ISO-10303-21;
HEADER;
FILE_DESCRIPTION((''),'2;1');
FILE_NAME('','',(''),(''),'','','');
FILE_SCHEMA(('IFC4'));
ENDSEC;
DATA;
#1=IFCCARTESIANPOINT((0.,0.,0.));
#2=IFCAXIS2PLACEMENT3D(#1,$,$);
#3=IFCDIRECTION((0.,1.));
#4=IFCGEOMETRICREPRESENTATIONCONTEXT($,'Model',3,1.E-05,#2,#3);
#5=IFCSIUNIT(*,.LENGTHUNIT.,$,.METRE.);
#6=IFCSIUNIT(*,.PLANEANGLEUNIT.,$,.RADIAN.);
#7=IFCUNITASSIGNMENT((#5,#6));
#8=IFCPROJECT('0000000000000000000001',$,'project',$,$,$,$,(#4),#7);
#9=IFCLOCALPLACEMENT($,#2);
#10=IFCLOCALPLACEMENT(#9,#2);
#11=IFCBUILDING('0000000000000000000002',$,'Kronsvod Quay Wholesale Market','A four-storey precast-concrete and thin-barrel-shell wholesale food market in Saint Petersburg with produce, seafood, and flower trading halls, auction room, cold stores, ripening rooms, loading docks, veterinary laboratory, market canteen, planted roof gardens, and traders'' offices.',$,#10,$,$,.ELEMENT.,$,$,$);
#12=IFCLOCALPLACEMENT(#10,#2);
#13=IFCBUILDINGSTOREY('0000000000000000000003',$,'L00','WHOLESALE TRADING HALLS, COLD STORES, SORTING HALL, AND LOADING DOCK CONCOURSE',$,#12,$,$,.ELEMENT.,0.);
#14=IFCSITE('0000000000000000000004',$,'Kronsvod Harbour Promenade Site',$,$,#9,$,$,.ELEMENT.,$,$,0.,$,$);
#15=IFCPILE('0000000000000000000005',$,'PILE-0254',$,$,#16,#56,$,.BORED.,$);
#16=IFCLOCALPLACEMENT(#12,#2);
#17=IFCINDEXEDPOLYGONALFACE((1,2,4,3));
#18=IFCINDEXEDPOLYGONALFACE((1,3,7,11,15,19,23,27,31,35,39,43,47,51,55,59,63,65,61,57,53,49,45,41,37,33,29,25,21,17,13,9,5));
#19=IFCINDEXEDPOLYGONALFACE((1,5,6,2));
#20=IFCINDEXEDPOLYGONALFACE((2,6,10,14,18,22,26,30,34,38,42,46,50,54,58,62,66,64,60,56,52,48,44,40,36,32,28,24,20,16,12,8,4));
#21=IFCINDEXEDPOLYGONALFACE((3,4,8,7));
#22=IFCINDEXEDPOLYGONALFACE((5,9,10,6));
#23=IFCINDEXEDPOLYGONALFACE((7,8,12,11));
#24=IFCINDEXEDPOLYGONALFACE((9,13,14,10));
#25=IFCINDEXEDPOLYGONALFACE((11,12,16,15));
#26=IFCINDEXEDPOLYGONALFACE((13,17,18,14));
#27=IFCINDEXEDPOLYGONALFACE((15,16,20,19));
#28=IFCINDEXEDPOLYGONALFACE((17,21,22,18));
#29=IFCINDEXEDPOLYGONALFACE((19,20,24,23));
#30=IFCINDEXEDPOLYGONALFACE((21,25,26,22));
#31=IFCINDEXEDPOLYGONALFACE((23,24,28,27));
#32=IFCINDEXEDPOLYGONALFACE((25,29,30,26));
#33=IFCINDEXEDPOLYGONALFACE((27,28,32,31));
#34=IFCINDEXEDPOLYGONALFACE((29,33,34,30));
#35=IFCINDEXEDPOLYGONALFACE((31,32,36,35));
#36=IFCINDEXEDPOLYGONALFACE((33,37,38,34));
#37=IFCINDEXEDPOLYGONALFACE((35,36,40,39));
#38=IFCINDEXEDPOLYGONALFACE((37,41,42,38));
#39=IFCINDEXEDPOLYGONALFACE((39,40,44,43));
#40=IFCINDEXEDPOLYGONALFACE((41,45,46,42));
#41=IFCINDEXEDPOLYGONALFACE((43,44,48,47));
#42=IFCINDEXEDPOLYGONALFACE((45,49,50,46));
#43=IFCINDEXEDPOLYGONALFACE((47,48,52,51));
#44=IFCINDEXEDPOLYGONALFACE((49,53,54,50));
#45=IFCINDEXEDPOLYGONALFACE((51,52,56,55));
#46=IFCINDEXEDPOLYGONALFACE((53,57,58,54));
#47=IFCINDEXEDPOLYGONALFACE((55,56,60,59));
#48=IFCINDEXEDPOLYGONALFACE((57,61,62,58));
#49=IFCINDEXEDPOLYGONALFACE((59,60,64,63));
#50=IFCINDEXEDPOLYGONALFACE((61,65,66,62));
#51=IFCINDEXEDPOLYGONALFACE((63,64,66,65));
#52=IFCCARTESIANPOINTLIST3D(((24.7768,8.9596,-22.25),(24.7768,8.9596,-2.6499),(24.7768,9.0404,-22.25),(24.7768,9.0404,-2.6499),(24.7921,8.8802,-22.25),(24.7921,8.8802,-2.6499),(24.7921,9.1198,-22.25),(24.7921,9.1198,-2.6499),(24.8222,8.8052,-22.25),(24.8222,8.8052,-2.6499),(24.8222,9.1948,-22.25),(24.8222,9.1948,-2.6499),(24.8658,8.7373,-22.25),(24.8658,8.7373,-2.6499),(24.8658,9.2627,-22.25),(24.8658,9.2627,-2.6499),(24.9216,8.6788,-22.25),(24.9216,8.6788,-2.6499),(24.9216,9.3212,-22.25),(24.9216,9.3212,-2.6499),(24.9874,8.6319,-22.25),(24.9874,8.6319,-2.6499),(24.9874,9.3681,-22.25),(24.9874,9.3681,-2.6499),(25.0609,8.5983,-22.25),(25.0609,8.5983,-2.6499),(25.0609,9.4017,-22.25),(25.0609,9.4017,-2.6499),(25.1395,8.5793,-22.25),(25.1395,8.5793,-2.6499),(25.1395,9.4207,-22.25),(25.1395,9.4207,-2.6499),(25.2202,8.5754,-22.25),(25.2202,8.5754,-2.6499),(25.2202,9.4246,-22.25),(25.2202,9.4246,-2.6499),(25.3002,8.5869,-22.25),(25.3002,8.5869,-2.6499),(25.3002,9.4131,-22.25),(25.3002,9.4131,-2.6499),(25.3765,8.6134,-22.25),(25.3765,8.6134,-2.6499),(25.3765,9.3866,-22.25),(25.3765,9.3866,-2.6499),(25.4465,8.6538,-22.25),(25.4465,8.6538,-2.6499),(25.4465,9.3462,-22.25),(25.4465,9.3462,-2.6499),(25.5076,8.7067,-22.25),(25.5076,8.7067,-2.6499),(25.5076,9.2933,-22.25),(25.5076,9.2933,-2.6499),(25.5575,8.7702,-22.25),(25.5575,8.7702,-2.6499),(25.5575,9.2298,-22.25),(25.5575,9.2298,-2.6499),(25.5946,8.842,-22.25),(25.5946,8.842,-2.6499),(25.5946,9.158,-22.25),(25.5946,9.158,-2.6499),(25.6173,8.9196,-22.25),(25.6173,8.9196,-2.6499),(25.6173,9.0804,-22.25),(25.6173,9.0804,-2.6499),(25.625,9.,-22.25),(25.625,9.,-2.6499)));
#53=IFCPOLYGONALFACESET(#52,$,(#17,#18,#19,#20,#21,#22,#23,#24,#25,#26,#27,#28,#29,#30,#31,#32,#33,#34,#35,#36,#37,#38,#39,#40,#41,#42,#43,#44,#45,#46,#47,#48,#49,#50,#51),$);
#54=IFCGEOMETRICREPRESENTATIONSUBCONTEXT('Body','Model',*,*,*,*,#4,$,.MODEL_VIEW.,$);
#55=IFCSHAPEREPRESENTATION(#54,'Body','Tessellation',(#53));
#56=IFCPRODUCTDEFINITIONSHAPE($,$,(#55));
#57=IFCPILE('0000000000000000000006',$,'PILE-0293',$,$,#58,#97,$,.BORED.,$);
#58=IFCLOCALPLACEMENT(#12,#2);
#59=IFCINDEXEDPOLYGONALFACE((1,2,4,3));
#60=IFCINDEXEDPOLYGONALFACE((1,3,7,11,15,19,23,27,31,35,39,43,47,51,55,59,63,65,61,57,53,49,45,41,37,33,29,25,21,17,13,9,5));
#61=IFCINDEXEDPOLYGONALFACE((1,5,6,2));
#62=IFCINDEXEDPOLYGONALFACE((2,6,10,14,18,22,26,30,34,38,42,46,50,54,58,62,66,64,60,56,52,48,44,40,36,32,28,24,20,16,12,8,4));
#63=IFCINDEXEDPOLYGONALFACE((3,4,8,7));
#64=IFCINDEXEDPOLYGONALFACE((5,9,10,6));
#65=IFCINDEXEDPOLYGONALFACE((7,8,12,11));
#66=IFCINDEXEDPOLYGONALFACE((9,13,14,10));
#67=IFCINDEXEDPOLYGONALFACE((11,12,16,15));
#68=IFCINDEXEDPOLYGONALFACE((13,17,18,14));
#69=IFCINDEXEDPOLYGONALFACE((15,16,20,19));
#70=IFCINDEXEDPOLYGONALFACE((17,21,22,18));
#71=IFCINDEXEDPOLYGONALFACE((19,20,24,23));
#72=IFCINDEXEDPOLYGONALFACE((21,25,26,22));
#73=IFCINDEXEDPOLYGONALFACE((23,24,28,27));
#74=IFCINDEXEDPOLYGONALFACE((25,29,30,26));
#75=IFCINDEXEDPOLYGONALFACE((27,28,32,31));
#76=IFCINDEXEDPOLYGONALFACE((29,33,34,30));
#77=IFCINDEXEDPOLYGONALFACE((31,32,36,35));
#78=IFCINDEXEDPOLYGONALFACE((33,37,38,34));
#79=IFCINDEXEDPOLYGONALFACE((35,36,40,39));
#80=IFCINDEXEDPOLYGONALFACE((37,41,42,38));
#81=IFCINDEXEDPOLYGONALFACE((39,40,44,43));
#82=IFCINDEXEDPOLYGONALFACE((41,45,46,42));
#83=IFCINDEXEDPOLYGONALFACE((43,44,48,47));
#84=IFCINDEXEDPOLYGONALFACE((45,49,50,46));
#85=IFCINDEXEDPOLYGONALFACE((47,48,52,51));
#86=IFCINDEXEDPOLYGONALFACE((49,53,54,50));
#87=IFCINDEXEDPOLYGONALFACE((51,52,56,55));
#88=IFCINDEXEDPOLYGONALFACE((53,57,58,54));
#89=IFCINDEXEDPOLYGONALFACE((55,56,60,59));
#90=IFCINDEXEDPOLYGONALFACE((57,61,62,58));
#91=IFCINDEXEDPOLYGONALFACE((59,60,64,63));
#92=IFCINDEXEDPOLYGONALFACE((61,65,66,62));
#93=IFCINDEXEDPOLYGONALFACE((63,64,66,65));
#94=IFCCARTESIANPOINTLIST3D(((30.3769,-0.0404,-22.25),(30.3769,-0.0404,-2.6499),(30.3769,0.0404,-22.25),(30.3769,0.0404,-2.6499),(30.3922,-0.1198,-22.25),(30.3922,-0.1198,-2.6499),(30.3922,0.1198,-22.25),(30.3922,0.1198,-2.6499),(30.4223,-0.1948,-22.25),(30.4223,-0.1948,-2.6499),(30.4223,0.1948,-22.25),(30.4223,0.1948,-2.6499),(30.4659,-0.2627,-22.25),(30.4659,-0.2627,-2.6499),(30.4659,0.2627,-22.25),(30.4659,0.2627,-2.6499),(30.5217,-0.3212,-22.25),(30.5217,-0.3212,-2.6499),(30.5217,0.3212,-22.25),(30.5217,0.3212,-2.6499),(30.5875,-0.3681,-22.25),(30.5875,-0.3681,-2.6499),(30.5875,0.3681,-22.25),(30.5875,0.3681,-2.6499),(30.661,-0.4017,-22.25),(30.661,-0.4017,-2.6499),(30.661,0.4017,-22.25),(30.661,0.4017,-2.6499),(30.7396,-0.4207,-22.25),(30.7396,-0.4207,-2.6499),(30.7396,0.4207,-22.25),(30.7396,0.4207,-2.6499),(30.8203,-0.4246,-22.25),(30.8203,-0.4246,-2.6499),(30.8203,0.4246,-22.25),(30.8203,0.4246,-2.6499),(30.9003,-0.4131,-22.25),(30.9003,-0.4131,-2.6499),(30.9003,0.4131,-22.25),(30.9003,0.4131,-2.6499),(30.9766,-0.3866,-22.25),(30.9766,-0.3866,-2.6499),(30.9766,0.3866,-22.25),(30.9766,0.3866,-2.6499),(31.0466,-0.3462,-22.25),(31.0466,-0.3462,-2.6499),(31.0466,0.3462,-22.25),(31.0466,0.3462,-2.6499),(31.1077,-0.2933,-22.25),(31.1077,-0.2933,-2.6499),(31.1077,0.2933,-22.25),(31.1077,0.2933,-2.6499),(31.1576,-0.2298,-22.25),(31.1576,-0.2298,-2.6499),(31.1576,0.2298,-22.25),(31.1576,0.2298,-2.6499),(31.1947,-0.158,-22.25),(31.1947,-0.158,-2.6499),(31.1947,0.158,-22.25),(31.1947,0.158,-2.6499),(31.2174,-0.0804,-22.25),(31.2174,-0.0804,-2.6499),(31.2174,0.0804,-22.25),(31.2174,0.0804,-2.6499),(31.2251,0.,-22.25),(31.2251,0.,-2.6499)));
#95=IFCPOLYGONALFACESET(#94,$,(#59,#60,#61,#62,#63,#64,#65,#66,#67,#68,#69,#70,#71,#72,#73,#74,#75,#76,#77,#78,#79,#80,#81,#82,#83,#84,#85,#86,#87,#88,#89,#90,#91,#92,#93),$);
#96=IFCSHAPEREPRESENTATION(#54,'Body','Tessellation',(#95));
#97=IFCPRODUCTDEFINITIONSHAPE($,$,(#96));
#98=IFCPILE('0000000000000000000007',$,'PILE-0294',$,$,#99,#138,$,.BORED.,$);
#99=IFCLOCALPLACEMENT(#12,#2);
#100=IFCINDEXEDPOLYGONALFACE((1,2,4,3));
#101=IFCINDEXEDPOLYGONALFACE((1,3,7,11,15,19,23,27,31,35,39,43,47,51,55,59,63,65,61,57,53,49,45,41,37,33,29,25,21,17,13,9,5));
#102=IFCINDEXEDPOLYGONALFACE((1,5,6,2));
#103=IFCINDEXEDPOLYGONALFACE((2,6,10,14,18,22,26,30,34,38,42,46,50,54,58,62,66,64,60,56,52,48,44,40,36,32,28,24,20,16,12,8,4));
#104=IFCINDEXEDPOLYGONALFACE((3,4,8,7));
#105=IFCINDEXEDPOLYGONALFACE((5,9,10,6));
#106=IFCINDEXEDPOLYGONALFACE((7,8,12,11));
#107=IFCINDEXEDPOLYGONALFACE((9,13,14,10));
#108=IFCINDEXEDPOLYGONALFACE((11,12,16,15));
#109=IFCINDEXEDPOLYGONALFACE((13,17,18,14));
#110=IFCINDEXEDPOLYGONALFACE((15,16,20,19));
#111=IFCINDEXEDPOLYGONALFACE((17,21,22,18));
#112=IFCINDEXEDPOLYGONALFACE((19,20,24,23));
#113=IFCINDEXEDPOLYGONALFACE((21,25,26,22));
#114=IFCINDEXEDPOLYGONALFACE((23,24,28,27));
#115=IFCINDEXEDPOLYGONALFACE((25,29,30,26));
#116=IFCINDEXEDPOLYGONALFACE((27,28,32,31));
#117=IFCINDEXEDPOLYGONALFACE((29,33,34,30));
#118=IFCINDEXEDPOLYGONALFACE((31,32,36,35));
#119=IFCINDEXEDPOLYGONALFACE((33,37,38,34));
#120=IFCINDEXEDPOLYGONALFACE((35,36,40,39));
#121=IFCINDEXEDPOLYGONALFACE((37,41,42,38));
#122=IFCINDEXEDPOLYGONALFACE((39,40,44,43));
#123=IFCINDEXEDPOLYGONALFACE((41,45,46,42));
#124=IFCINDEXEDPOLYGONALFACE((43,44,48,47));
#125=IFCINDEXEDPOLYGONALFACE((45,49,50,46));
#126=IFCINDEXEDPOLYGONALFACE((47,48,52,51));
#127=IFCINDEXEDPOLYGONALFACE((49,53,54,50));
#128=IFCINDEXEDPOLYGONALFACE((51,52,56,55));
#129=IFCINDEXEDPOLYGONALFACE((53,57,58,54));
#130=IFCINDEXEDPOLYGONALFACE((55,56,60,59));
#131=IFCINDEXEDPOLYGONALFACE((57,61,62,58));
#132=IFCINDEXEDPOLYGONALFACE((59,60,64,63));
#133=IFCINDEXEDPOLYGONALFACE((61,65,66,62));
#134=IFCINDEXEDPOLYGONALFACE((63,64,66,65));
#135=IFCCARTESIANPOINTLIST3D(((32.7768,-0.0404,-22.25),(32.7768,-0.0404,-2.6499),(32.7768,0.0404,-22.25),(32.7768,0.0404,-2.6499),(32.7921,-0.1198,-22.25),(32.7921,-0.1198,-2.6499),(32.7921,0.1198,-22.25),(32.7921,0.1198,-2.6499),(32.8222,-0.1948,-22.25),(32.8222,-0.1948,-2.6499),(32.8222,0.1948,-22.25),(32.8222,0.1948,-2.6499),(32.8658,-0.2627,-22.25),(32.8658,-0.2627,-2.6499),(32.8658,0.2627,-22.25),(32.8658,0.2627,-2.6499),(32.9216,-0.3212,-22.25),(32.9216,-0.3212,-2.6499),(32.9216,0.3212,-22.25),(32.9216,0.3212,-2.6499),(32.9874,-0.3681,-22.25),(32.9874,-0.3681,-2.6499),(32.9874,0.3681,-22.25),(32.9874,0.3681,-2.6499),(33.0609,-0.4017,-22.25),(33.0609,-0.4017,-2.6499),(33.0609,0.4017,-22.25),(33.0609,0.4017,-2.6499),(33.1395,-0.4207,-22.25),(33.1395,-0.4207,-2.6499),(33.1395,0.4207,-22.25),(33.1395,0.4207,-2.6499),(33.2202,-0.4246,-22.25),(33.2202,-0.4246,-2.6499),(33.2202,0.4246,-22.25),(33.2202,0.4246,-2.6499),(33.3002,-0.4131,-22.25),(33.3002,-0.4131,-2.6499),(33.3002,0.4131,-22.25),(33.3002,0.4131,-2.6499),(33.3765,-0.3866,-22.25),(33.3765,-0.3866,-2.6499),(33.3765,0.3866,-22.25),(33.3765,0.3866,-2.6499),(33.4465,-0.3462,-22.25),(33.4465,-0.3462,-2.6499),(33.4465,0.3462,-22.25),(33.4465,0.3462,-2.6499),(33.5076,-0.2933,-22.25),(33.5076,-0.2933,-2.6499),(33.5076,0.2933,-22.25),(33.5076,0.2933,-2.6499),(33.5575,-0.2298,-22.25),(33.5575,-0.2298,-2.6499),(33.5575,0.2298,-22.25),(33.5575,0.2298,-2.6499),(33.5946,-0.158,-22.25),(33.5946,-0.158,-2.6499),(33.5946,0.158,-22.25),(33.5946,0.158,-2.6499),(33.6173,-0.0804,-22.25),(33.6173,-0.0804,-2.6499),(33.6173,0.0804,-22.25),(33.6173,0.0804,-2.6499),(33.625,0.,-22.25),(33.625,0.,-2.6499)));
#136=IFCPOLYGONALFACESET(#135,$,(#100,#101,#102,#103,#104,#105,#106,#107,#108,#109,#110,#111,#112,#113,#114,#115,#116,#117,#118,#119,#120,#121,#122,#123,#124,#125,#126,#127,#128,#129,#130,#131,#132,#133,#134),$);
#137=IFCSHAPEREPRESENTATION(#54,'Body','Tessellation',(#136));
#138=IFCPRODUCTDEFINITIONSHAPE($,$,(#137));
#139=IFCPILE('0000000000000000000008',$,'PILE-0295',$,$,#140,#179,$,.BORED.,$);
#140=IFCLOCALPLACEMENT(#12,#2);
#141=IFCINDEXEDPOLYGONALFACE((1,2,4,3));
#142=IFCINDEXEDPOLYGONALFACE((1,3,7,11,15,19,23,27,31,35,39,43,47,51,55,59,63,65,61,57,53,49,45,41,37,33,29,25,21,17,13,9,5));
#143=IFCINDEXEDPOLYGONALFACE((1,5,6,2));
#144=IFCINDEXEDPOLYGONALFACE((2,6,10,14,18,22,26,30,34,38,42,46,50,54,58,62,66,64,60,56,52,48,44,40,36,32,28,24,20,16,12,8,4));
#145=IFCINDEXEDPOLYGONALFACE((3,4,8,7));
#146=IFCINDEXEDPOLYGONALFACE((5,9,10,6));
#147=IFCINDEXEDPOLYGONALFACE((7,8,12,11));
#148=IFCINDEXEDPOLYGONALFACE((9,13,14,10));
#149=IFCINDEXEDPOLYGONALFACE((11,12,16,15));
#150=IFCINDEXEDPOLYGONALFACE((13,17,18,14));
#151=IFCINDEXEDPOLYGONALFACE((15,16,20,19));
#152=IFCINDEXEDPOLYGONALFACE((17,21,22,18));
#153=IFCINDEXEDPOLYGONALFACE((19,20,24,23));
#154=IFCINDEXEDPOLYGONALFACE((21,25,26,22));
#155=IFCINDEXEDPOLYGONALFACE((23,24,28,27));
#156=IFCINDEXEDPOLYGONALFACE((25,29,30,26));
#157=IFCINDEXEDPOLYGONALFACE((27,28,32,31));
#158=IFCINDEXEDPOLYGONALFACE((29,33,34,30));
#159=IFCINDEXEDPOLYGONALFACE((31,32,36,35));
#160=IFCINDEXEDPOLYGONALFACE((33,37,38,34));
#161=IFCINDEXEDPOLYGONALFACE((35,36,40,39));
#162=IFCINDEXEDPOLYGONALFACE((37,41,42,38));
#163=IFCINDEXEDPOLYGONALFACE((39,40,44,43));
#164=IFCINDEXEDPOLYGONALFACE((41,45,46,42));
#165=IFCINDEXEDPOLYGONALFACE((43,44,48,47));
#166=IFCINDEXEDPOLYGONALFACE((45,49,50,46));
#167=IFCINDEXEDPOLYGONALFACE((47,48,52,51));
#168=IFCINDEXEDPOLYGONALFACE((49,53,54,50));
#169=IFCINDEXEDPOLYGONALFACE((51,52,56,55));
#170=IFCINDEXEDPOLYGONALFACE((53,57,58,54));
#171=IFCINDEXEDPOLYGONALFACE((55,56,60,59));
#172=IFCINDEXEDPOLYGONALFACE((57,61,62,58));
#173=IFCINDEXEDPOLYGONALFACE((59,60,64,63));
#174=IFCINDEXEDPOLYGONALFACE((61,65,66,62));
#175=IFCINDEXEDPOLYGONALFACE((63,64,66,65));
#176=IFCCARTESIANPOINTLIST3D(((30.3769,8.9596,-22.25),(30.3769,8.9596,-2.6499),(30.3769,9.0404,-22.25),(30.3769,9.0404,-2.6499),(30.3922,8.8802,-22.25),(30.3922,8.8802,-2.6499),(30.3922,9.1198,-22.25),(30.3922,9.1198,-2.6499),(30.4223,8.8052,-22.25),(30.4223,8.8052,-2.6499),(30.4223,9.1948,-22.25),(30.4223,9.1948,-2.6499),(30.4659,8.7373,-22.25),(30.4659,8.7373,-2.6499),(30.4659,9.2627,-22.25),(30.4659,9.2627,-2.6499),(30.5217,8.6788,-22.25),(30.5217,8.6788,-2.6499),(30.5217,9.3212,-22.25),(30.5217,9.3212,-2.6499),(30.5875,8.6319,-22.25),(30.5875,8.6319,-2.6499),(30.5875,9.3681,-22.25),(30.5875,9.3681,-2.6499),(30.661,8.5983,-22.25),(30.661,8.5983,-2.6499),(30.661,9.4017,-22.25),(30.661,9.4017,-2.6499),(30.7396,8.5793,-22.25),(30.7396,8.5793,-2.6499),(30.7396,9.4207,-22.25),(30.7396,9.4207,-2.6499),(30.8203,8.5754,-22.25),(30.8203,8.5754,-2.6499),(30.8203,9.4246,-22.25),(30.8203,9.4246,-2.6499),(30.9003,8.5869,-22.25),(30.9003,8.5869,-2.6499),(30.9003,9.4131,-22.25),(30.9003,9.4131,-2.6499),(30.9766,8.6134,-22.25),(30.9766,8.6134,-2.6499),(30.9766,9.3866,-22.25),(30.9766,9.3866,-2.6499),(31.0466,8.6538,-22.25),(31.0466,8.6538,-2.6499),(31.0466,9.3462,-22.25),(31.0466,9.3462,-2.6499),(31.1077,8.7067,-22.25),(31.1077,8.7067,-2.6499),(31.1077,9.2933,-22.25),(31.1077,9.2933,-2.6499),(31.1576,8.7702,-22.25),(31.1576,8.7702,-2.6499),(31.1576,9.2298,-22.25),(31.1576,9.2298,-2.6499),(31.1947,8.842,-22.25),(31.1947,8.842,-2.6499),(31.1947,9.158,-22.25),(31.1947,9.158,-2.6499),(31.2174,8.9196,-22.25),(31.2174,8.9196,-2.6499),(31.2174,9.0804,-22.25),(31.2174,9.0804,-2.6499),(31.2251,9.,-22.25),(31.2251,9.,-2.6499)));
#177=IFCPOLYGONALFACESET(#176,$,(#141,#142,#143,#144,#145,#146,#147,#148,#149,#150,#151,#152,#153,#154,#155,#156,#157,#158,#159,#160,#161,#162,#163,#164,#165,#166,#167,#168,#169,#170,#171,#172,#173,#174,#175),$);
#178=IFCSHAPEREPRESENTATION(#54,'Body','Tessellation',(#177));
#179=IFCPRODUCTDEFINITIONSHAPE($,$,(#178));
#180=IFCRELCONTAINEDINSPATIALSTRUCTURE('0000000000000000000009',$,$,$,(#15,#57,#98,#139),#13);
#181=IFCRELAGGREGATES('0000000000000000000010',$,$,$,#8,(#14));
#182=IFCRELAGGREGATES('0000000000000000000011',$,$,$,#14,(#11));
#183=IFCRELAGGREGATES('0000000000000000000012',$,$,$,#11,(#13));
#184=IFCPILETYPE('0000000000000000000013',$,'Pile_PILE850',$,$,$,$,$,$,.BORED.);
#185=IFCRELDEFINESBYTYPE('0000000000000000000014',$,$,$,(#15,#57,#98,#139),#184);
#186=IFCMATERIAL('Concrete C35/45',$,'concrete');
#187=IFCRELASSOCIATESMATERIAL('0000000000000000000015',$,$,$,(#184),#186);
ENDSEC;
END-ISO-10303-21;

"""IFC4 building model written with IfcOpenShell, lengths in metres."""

from ifc_helpers import new_model, si_unit, direction, frame, origin, origin_2d, place, context, subcontext, project, spatial, circle, extrude, material, material_profile, profile_set, type_object, element, save


model = new_model("IFC4")

# Units and contexts
model_context = context("Model", 3, precision=1e-05, world=origin(), true_north=direction((0.0, 1.0)))
body_context = subcontext(model_context, "Body", "Model", "MODEL_VIEW")
ifc_project = project(units=[si_unit("LENGTHUNIT", "METRE"), si_unit("PLANEANGLEUNIT", "RADIAN")], contexts=[model_context])

# Site, building, storey
site_placement = place(None, origin())
site = spatial("IfcSite", under=ifc_project, at=site_placement, Name="Kronsvod Harbour Promenade Site", CompositionType="ELEMENT", RefElevation=0.0)
building_placement = place(site_placement, origin())
building = spatial("IfcBuilding", under=site, at=building_placement, Name="Kronsvod Quay Wholesale Market", Description="A four-storey precast-concrete and thin-barrel-shell wholesale food market in Saint Petersburg with produce, seafood, and flower trading halls, auction room, cold stores, ripening rooms, loading docks, veterinary laboratory, market canteen, planted roof gardens, and traders' offices.", CompositionType="ELEMENT")
storey_placement = place(building_placement, origin())
storey = spatial("IfcBuildingStorey", under=building, at=storey_placement, Name="L00", Description="WHOLESALE TRADING HALLS, COLD STORES, SORTING HALL, AND LOADING DOCK CONCOURSE", CompositionType="ELEMENT", Elevation=0.0)

# Piles
ifc_material_1 = material(Name="Concrete C35/45", Category="concrete")
ifc_material_profile_1 = material_profile(ifc_material_1, circle(Radius=0.425, at=origin_2d()), Name="PILE850")
ifc_profile_set_1 = profile_set([ifc_material_profile_1], Name="Concrete C35/45")
pile_type = type_object("IfcPileType", Name="Pile_PILE850", PredefinedType="BORED", material=ifc_profile_set_1)
for number, where, z_axis, x_axis, name in (
    (1, (25.2, 9.0, -2.6499), (0.0, 0.0, -1.0), (1.0, 0.0, 0.0), "PILE-0254"),
    (2, (30.8, 0.0, -2.6499), (0.0, 0.0, -1.0), (1.0, 0.0, 0.0), "PILE-0293"),
    (3, (33.2, 0.0, -2.6499), (0.0, 0.0, -1.0), (1.0, 0.0, 0.0), "PILE-0294"),
    (4, (30.8, 9.0, -2.6499), (0.0, 0.0, -1.0), (1.0, 0.0, 0.0), "PILE-0295"),
):
    element("IfcPile", number, at=place(storey_placement, frame(where, z_axis=z_axis, x_axis=x_axis)), inside=storey, type_object=pile_type, Name=name, PredefinedType="BORED", context=body_context, shape_type="SweptSolid", body=[
        extrude(circle(Radius=0.425, at=origin_2d()), origin(), (0.0, 0.0, 1.0), 19.6001),
    ])

save(model, "model.ifc")
